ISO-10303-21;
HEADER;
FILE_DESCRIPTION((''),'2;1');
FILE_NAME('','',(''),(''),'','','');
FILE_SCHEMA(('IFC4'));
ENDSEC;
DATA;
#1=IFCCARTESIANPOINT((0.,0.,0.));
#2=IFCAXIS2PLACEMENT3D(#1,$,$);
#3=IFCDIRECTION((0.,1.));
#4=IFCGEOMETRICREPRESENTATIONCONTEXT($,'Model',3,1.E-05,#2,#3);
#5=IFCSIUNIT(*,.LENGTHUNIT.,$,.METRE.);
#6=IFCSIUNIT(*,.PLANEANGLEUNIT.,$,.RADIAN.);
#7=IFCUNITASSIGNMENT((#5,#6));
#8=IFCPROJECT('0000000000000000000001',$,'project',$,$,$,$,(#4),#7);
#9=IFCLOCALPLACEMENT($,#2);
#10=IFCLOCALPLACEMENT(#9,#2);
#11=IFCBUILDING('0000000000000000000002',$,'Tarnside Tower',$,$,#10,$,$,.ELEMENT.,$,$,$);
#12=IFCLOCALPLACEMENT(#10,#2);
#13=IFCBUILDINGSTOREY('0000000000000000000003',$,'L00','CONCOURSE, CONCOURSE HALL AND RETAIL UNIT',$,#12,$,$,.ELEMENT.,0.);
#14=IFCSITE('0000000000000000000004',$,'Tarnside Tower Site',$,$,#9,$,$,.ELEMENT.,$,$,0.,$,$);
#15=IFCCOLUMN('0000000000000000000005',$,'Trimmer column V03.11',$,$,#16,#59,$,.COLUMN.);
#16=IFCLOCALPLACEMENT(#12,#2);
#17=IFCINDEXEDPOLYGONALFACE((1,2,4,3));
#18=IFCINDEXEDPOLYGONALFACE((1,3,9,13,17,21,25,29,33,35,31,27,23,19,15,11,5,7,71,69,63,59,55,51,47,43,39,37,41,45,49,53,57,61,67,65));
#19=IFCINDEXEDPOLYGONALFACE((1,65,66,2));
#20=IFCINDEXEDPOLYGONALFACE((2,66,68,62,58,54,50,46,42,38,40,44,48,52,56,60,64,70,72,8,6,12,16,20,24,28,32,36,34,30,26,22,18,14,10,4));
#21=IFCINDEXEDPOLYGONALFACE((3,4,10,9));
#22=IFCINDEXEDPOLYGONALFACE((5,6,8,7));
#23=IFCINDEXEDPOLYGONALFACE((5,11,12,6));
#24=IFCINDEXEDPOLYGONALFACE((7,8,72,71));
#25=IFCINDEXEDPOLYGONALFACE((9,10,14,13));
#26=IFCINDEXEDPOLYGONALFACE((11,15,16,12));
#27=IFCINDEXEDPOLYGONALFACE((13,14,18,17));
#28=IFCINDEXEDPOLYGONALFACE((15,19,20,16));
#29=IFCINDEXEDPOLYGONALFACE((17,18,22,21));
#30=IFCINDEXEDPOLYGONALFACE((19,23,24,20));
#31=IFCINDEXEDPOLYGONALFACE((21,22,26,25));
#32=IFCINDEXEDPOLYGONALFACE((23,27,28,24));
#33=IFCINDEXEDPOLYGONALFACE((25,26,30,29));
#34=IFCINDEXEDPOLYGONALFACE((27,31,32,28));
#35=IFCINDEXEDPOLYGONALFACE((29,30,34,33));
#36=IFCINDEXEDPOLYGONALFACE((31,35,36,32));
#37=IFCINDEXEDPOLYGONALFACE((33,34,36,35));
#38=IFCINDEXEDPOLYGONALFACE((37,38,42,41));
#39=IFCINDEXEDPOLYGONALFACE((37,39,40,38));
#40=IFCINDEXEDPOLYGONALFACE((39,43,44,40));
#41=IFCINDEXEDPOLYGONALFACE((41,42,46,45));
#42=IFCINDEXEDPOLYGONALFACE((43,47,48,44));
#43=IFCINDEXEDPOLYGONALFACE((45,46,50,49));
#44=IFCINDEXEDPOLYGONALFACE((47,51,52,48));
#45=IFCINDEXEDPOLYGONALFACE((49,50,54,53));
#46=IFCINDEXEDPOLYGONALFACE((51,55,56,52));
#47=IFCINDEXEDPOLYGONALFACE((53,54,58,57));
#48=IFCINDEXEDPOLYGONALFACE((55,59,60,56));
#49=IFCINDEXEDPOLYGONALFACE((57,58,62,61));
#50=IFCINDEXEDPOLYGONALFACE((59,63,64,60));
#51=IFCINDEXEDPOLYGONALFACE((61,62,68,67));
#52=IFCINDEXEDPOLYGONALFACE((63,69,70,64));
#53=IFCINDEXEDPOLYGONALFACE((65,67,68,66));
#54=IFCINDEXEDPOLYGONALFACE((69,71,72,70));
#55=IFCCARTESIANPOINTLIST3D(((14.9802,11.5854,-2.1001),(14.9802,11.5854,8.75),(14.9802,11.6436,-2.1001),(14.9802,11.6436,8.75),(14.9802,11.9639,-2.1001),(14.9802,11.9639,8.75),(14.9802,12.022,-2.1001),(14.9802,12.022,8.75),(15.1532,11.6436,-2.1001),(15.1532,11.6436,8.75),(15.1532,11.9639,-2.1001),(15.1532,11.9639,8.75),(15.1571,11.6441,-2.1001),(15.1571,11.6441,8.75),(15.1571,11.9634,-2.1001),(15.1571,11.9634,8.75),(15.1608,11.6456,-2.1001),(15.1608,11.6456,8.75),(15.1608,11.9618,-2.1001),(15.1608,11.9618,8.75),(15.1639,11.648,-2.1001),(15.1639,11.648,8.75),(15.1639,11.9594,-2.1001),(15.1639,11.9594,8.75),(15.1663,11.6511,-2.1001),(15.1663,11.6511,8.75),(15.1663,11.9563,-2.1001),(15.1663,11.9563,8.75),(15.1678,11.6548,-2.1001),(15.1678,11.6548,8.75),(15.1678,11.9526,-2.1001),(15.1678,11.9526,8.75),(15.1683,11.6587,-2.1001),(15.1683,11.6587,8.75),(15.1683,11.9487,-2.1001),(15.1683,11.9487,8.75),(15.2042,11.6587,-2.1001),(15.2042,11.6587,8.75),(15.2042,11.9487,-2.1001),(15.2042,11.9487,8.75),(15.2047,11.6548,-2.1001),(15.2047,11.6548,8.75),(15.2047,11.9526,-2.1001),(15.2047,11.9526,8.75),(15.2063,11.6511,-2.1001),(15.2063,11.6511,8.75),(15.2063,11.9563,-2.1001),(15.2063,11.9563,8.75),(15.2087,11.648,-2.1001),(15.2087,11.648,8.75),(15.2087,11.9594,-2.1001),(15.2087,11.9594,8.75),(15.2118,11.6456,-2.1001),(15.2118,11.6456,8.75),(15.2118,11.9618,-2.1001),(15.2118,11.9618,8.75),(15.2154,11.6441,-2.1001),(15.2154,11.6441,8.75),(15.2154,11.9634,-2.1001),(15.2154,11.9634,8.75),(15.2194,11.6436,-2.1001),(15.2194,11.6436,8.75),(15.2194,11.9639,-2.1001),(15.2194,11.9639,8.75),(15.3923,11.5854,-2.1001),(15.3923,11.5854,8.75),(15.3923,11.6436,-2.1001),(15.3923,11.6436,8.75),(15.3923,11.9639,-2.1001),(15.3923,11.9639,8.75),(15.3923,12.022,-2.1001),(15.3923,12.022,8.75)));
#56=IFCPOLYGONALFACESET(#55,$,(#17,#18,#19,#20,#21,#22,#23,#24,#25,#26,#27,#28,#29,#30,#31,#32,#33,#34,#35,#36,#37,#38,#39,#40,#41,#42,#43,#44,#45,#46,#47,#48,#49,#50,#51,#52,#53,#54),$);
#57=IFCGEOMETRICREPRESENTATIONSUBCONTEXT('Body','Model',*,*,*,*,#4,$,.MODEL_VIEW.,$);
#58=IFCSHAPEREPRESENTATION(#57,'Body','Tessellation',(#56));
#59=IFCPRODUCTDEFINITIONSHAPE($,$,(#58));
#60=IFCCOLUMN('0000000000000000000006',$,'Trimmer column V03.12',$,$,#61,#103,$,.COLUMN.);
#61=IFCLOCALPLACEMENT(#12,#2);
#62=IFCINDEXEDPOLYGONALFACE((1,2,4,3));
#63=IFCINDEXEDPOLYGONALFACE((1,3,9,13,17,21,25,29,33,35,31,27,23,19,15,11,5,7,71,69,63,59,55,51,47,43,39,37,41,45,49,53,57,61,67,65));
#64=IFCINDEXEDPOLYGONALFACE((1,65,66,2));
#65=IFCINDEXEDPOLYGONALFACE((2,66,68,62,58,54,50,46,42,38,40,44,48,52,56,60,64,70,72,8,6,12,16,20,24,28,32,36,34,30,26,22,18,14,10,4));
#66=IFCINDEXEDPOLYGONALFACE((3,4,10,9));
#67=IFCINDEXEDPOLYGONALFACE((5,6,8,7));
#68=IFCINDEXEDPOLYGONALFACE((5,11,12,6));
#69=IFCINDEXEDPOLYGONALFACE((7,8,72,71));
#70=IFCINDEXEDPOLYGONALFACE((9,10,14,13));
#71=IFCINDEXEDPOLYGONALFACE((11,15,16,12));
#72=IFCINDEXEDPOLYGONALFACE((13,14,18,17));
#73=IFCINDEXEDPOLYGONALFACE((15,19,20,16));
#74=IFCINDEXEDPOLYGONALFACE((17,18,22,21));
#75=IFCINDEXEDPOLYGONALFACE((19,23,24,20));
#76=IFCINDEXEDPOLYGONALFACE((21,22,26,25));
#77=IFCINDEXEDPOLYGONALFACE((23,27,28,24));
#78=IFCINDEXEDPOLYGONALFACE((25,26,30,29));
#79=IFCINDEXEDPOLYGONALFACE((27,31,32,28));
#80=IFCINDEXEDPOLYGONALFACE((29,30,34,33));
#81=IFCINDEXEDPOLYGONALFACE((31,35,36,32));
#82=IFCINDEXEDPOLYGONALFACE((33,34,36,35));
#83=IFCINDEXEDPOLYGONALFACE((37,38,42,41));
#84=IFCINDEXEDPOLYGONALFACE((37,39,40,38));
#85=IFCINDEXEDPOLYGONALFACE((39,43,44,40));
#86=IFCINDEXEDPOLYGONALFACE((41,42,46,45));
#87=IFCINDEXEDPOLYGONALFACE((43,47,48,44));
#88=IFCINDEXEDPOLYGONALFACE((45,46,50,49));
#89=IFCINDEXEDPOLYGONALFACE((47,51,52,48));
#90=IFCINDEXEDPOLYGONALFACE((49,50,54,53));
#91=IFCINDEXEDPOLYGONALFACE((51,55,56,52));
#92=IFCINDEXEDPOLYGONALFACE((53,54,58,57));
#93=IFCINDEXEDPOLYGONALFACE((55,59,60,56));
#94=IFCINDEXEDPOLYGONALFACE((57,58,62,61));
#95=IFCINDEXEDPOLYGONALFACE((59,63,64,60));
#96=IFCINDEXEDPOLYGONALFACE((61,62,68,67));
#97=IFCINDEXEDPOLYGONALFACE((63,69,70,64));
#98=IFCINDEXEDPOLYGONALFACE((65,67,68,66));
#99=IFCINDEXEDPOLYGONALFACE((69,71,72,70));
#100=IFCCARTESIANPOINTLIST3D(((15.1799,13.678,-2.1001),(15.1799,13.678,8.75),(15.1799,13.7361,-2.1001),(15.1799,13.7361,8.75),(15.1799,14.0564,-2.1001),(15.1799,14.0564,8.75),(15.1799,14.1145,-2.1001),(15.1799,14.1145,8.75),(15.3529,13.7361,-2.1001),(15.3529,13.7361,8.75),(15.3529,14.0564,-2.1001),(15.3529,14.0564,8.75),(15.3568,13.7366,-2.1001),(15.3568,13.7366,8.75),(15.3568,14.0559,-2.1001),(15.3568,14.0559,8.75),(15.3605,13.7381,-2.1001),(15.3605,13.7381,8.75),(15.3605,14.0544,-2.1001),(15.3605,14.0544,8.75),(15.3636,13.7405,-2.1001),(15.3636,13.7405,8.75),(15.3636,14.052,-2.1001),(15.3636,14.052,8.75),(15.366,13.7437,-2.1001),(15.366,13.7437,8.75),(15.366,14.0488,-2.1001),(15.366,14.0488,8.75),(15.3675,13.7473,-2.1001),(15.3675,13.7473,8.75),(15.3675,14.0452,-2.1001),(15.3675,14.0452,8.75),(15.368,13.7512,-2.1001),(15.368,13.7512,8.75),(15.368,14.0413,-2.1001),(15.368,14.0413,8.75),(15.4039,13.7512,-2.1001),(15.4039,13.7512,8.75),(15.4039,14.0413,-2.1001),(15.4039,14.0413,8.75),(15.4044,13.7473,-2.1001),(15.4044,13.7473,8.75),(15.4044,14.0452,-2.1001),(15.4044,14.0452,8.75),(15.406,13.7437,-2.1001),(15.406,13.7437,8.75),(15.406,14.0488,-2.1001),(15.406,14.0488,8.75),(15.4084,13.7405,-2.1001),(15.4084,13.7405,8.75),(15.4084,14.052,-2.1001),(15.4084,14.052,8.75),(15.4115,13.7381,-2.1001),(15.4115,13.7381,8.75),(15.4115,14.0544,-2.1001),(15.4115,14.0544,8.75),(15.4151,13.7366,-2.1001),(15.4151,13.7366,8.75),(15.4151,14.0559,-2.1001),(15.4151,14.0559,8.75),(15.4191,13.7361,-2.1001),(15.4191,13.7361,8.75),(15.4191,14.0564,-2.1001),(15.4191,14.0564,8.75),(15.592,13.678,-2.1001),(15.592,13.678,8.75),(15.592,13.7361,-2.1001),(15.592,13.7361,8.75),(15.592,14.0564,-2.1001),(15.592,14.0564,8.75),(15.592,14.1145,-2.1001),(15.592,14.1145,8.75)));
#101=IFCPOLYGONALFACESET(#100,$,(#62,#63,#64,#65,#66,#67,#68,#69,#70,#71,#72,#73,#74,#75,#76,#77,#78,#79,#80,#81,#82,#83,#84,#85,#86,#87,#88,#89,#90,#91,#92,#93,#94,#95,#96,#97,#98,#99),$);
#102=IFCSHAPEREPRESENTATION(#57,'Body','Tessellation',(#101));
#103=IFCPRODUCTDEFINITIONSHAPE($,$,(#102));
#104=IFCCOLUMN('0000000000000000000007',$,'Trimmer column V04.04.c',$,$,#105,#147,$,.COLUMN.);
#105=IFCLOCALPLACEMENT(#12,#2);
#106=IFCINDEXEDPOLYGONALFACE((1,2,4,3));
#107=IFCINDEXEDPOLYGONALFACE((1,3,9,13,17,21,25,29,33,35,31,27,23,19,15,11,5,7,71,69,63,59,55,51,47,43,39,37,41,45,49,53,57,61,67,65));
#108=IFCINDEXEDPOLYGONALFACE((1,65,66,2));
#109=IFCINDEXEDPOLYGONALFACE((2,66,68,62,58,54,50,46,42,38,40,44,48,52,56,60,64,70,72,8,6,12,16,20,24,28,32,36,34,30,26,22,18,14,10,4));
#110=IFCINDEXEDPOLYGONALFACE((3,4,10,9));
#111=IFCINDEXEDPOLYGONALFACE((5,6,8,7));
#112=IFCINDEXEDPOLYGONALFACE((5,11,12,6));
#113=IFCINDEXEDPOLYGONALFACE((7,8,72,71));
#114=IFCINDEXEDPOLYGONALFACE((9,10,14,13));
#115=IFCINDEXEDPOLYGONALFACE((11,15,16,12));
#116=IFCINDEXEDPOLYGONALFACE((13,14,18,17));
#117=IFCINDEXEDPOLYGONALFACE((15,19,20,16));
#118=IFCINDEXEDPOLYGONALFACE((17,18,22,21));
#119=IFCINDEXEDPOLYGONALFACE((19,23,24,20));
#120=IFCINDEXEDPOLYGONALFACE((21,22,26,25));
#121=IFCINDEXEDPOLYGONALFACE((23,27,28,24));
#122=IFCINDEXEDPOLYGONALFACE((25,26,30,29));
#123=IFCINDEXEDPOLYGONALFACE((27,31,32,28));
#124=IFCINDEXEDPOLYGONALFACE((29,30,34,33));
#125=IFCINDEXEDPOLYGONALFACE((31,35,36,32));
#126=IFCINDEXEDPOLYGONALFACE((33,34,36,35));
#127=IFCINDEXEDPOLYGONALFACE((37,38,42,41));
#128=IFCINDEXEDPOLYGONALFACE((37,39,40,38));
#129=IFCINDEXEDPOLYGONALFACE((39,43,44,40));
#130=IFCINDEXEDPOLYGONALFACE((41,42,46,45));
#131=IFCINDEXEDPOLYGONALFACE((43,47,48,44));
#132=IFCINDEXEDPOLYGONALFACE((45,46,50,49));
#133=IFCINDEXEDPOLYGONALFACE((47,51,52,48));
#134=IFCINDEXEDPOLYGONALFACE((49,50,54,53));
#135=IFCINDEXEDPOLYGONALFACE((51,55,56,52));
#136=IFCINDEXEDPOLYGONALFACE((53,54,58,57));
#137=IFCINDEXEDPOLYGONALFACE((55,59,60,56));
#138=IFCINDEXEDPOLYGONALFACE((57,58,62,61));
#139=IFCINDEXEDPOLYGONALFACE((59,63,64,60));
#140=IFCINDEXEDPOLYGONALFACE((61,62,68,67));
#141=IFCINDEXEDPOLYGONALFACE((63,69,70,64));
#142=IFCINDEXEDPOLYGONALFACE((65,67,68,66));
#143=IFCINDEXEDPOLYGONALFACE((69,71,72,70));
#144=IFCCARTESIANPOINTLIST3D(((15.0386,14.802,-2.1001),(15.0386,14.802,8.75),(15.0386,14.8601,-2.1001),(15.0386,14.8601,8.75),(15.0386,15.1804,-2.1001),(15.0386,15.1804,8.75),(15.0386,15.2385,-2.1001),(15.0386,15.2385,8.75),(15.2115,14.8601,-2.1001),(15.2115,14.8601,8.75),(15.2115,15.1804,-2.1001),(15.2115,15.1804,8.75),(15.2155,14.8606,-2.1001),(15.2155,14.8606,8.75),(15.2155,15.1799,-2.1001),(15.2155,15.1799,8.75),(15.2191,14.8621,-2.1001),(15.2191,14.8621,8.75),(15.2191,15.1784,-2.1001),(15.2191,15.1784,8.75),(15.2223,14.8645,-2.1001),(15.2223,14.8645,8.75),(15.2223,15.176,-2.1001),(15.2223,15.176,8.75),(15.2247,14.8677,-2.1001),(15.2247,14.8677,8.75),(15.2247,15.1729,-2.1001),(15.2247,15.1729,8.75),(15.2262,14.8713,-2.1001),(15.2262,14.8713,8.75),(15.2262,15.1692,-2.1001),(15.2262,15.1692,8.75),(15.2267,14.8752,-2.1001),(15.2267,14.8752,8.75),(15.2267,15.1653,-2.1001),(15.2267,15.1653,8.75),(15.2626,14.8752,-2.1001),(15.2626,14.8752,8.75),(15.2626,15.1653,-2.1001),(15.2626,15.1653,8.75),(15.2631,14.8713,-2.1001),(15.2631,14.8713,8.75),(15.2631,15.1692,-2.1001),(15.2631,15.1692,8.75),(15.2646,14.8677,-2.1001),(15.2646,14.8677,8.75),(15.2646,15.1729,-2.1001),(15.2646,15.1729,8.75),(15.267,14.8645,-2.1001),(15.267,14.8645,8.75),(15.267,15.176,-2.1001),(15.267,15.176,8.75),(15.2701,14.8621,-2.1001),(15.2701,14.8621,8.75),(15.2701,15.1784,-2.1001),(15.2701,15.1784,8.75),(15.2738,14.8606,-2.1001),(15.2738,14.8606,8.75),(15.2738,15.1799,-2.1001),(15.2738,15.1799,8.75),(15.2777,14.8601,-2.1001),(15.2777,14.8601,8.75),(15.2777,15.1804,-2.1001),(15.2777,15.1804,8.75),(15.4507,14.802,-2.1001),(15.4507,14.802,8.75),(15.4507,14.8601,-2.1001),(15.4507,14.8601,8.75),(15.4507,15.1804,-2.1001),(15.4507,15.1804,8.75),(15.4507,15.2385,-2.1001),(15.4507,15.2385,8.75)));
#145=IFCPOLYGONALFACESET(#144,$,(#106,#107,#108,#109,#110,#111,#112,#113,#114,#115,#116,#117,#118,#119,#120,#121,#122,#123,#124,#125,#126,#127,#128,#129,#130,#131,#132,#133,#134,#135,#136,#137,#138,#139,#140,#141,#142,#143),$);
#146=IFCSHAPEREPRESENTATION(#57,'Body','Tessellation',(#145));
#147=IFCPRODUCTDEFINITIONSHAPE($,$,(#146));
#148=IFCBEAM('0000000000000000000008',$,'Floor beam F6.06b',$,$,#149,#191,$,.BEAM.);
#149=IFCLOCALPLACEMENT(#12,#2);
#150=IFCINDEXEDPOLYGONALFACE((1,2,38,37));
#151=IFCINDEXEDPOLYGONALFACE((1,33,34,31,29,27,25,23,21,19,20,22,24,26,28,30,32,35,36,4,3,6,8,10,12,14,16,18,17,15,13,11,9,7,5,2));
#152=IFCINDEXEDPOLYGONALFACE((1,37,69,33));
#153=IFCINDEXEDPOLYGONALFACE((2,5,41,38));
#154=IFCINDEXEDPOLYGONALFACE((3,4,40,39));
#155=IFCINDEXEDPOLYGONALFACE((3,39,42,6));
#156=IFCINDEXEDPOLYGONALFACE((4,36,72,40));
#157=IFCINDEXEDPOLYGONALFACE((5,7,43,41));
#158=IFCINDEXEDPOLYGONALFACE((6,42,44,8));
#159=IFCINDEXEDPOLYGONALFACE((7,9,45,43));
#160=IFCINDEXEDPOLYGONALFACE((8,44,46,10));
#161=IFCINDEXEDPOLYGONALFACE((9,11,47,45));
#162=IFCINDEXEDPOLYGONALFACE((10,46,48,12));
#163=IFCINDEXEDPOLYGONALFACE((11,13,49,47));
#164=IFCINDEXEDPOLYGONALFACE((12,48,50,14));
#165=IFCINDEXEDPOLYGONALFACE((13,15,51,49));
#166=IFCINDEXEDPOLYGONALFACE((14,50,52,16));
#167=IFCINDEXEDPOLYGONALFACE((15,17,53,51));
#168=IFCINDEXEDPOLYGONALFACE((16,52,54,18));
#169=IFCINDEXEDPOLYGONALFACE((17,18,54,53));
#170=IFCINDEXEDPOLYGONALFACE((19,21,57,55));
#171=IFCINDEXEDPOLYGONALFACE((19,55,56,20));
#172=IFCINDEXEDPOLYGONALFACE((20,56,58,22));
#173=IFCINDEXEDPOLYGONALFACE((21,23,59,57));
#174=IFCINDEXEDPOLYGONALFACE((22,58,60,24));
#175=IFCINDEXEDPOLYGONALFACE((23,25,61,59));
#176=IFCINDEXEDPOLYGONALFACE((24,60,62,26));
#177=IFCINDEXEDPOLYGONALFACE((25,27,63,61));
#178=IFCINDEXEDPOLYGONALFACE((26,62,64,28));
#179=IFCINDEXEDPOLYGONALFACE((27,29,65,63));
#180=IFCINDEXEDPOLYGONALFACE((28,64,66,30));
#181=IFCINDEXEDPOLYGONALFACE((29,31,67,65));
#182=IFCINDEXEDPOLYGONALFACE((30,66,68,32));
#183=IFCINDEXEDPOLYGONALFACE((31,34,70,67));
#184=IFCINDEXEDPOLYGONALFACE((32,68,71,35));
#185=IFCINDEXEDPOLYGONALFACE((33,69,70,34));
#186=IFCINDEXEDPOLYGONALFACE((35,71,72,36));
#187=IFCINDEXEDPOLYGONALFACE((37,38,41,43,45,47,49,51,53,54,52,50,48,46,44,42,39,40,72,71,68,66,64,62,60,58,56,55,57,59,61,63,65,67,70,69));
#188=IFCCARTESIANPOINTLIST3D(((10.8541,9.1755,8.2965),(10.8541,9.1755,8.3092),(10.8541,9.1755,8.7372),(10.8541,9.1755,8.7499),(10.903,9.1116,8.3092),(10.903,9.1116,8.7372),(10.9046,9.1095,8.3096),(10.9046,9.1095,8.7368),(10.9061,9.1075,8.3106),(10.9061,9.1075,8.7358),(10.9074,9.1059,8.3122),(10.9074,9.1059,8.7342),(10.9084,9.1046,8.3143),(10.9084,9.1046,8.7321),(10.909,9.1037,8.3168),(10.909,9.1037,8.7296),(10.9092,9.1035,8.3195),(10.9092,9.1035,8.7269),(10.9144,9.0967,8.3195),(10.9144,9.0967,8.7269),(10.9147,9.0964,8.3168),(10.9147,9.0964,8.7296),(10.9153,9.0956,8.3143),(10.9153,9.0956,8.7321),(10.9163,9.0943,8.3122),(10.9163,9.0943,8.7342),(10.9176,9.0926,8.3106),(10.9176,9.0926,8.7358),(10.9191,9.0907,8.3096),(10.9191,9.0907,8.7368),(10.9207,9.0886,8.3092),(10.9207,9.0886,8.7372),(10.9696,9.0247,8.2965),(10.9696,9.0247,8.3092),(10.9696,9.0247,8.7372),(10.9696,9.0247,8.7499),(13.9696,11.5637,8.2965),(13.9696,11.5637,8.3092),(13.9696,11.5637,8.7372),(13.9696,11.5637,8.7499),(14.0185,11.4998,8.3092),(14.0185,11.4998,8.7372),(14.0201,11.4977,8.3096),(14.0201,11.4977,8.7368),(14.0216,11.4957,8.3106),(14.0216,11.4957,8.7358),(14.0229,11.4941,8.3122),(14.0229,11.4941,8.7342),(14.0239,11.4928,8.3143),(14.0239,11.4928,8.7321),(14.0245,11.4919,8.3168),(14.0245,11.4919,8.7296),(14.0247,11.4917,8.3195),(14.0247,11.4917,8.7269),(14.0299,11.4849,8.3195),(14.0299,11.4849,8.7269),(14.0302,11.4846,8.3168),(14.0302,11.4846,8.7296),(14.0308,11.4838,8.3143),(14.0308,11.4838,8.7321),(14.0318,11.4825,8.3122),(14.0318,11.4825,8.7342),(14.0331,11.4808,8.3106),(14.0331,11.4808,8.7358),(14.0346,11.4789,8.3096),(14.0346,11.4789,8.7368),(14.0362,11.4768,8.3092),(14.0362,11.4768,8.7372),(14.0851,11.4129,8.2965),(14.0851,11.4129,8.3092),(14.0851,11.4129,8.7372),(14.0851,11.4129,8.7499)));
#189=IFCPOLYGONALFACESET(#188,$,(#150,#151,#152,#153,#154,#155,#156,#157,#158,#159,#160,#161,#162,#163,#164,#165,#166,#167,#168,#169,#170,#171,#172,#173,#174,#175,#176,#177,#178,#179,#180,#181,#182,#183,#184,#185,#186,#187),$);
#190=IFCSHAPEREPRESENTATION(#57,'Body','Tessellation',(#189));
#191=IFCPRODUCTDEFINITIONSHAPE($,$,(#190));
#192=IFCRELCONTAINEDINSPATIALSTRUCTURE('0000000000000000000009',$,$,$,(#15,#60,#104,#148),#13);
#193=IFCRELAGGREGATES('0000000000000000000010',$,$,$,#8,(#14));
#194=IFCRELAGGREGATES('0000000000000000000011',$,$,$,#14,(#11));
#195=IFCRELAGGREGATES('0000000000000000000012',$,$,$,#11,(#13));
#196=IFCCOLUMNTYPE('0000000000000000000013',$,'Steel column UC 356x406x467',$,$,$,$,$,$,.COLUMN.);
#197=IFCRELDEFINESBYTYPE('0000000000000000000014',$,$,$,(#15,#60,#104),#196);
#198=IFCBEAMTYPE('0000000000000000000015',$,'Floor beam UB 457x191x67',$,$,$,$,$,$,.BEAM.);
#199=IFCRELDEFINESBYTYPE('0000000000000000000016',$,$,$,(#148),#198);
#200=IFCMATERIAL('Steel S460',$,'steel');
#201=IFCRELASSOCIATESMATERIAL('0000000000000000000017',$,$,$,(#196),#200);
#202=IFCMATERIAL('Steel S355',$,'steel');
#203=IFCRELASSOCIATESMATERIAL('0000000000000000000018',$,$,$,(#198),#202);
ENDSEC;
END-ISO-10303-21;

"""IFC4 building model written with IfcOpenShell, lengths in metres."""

from ifc_helpers import new_model, si_unit, direction, frame, origin, origin_2d, place, context, subcontext, project, spatial, i_section, extrude, material, material_profile, profile_set, type_object, element, save


model = new_model("IFC4")

# Units and contexts
model_context = context("Model", 3, precision=1e-05, world=origin(), true_north=direction((0.0, 1.0)))
body_context = subcontext(model_context, "Body", "Model", "MODEL_VIEW")
ifc_project = project(units=[si_unit("LENGTHUNIT", "METRE"), si_unit("PLANEANGLEUNIT", "RADIAN")], contexts=[model_context])

# Site, building, storey
site_placement = place(None, origin())
site = spatial("IfcSite", under=ifc_project, at=site_placement, Name="Tarnside Tower Site", CompositionType="ELEMENT", RefElevation=0.0)
building_placement = place(site_placement, origin())
building = spatial("IfcBuilding", under=site, at=building_placement, Name="Tarnside Tower", CompositionType="ELEMENT")
storey_placement = place(building_placement, origin())
storey = spatial("IfcBuildingStorey", under=building, at=storey_placement, Name="L00", Description="CONCOURSE, CONCOURSE HALL AND RETAIL UNIT", CompositionType="ELEMENT", Elevation=0.0)

# Columns
ifc_material_1 = material(Name="Steel S460", Category="steel")
ifc_material_profile_1 = material_profile(ifc_material_1, i_section(OverallWidth=0.4121, OverallDepth=0.4365, WebThickness=0.0359, FlangeThickness=0.0581, FilletRadius=0.0151, at=origin_2d()), Name="UC 356x406x467")
ifc_profile_set_1 = profile_set([ifc_material_profile_1], Name="Steel S460")
column_type = type_object("IfcColumnType", Name="Steel column UC 356x406x467", PredefinedType="COLUMN", material=ifc_profile_set_1)
for number, where, z_axis, x_axis, name in (
    (1, (15.1863, 11.8037, -2.1001), (0.0, 0.0, 1.0), (1.0, 0.0, 0.0), "Trimmer column V03.11"),
    (2, (15.386, 13.8962, -2.1001), (0.0, 0.0, 1.0), (1.0, 0.0, 0.0), "Trimmer column V03.12"),
    (3, (15.2446, 15.0203, -2.1001), (0.0, 0.0, 1.0), (1.0, 0.0, 0.0), "Trimmer column V04.04.c"),
):
    element("IfcColumn", number, at=place(storey_placement, frame(where, z_axis=z_axis, x_axis=x_axis)), inside=storey, type_object=column_type, Name=name, PredefinedType="COLUMN", context=body_context, shape_type="SweptSolid", body=[
        extrude(i_section(OverallWidth=0.4121, OverallDepth=0.4365, WebThickness=0.0359, FlangeThickness=0.0581, FilletRadius=0.0151, at=origin_2d()), origin(), (0.0, 0.0, 1.0), 10.8501),
    ])

# Beam
ifc_material_2 = material(Name="Steel S355", Category="steel")
ifc_material_profile_2 = material_profile(ifc_material_2, i_section(OverallWidth=0.1899, OverallDepth=0.4534, WebThickness=0.0085, FlangeThickness=0.0127, FilletRadius=0.0103, at=origin_2d()), Name="UB 457x191x67")
ifc_profile_set_2 = profile_set([ifc_material_profile_2], Name="Steel S355")
beam_type_1 = type_object("IfcBeamType", Name="Floor beam UB 457x191x67", PredefinedType="BEAM", material=ifc_profile_set_2)
beam_1_placement = place(storey_placement, frame((14.0273, 11.4883, 8.5232), z_axis=(-0.793649, -0.608375, 0.0), x_axis=(0.608375, -0.793649, 0.0)))
element("IfcBeam", 4, at=beam_1_placement, inside=storey, type_object=beam_type_1, Name="Floor beam F6.06b", PredefinedType="BEAM", context=body_context, shape_type="SweptSolid", body=[
    extrude(i_section(OverallWidth=0.1899, OverallDepth=0.4534, WebThickness=0.0085, FlangeThickness=0.0127, FilletRadius=0.0103, at=origin_2d()), origin(), (0.0, 0.0, 1.0), 3.9255),
])

save(model, "model.ifc")
